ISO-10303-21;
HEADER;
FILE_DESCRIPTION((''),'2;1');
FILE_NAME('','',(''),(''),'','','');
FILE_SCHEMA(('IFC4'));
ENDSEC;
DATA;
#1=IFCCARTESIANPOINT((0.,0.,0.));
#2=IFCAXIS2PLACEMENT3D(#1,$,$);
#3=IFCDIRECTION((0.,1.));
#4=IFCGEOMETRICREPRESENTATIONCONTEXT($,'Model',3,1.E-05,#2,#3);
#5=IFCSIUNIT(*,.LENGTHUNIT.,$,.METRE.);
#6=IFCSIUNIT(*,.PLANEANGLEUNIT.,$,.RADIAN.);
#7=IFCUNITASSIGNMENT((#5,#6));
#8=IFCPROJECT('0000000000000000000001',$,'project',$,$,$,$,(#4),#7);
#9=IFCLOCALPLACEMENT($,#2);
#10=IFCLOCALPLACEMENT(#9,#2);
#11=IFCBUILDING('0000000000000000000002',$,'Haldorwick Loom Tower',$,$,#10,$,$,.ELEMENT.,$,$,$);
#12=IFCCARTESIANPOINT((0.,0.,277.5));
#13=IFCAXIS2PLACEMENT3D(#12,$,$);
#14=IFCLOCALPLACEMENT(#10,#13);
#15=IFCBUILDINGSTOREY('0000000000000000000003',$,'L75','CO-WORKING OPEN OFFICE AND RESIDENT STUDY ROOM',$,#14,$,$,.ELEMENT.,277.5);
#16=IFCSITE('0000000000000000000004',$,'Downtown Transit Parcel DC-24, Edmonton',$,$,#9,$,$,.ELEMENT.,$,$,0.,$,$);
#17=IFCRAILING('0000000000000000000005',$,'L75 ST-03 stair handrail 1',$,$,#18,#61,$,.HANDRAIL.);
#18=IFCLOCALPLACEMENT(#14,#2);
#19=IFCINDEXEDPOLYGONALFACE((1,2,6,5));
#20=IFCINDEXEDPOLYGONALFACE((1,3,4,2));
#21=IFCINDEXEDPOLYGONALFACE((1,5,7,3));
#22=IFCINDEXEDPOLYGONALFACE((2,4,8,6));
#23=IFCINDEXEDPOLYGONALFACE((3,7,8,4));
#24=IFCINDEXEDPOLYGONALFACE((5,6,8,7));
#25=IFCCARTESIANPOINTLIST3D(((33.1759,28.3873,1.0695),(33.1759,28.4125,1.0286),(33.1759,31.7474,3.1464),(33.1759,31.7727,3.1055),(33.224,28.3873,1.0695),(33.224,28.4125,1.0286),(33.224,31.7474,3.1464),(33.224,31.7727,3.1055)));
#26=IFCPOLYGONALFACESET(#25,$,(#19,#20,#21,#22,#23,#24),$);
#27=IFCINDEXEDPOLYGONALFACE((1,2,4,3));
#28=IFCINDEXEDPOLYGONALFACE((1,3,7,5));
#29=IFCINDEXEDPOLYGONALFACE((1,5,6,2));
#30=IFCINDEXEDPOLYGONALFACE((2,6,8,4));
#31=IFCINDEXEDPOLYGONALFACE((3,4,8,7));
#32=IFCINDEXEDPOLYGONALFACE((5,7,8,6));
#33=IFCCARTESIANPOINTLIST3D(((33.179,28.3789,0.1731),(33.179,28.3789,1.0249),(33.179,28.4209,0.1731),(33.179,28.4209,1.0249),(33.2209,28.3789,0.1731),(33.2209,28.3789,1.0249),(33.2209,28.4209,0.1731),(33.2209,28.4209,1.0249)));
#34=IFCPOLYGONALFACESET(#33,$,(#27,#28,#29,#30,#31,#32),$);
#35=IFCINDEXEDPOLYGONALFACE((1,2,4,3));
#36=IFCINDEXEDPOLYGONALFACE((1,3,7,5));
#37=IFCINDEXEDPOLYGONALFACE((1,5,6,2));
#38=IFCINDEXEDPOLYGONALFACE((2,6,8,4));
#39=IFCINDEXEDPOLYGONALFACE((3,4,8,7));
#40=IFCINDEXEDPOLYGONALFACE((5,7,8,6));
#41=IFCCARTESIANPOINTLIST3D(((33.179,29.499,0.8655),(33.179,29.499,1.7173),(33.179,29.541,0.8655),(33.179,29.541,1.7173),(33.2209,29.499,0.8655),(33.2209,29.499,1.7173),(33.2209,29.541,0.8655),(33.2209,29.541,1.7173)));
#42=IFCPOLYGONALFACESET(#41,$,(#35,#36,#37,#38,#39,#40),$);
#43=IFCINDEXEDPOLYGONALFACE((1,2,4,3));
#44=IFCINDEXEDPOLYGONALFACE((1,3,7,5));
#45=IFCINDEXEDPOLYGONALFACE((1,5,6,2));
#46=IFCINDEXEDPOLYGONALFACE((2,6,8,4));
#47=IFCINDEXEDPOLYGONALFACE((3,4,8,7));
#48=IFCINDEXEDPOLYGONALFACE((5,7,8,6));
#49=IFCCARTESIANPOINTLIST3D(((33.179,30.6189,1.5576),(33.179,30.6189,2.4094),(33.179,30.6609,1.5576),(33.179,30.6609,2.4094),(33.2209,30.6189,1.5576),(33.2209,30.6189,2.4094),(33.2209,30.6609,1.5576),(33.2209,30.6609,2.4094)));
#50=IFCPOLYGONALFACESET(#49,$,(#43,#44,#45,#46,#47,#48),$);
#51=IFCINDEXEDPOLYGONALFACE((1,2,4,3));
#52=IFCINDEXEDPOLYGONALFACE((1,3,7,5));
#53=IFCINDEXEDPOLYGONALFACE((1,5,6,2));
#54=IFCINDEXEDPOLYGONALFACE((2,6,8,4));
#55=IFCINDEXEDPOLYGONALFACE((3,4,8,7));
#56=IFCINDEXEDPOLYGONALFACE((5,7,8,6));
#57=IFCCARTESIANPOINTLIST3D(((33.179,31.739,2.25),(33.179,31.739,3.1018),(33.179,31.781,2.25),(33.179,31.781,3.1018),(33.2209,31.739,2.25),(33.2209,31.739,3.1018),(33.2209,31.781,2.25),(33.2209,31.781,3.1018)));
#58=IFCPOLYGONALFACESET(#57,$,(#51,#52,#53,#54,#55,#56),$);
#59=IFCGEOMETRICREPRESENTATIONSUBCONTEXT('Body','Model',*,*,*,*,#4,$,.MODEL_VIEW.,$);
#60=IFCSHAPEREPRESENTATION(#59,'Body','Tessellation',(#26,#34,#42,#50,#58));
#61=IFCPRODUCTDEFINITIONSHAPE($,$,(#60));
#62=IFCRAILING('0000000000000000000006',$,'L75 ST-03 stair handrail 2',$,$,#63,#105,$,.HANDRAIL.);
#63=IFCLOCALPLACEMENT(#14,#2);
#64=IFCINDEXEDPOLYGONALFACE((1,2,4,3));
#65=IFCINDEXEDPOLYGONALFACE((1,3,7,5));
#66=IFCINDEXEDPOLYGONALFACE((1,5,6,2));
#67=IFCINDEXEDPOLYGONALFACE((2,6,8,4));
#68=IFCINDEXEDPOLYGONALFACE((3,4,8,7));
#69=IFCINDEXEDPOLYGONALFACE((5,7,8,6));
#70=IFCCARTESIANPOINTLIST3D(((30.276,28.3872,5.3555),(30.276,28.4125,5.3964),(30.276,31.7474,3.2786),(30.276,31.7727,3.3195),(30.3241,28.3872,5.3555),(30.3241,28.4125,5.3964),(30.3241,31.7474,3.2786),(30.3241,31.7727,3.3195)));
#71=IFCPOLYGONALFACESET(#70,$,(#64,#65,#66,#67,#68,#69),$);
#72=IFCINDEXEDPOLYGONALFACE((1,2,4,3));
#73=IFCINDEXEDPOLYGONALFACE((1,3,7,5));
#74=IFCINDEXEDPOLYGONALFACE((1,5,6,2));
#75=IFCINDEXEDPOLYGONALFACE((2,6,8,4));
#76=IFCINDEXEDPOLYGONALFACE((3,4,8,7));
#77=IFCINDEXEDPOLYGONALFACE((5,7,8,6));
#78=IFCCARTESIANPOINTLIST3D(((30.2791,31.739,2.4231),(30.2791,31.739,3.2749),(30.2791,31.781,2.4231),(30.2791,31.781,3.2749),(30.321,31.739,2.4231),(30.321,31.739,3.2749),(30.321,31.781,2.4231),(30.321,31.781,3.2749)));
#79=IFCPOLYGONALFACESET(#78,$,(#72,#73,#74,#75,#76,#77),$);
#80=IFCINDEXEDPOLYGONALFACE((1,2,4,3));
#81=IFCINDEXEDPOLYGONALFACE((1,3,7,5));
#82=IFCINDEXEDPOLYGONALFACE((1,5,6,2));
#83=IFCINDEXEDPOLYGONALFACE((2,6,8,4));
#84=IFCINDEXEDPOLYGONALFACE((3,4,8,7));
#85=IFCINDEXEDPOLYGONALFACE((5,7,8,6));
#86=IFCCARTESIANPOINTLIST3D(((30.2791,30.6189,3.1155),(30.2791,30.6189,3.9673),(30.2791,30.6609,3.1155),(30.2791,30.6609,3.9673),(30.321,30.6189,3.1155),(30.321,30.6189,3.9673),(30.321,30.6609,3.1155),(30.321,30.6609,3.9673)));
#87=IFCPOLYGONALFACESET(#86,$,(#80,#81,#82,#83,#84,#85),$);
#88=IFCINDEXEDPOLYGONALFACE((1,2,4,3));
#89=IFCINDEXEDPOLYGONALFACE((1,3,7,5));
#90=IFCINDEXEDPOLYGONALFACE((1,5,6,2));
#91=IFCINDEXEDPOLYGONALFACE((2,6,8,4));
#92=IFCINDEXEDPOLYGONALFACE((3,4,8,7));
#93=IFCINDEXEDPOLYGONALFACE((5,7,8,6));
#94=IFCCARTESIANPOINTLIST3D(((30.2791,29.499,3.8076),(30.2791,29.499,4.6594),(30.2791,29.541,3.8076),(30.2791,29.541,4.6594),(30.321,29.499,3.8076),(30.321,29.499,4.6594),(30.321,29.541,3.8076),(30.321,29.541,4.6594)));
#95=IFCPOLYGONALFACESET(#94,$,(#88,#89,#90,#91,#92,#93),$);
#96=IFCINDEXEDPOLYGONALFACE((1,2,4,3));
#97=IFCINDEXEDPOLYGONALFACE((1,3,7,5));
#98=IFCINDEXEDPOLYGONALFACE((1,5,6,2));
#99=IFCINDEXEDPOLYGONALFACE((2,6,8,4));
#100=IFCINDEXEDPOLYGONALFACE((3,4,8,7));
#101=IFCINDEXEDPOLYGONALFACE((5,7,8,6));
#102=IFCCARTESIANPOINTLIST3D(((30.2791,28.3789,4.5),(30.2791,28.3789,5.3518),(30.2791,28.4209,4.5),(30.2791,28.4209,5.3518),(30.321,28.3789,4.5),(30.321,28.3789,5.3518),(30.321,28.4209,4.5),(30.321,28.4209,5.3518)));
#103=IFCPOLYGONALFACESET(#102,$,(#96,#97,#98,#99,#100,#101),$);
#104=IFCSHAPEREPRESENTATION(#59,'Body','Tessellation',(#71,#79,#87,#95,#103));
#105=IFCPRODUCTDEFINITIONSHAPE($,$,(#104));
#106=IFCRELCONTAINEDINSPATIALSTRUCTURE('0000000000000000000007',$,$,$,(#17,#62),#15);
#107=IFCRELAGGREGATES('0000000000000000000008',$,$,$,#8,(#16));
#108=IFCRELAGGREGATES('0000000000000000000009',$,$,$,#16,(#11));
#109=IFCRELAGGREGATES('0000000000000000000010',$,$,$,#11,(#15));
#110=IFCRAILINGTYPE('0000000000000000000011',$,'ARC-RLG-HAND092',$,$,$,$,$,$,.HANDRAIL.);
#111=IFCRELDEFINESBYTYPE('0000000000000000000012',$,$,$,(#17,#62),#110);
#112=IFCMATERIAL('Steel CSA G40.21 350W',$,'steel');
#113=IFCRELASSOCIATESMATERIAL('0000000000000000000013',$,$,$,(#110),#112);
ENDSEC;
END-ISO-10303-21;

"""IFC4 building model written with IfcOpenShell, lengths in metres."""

from ifc_helpers import new_model, si_unit, direction, frame, origin, origin_2d, place, context, subcontext, project, spatial, rectangle, extrude, material, type_object, element, save


model = new_model("IFC4")

# Units and contexts
model_context = context("Model", 3, precision=1e-05, world=origin(), true_north=direction((0.0, 1.0)))
body_context = subcontext(model_context, "Body", "Model", "MODEL_VIEW")
ifc_project = project(units=[si_unit("LENGTHUNIT", "METRE"), si_unit("PLANEANGLEUNIT", "RADIAN")], contexts=[model_context])

# Site, building, storey
site_placement = place(None, origin())
site = spatial("IfcSite", under=ifc_project, at=site_placement, Name="Downtown Transit Parcel DC-24, Edmonton", CompositionType="ELEMENT", RefElevation=0.0)
building_placement = place(site_placement, origin())
building = spatial("IfcBuilding", under=site, at=building_placement, Name="Haldorwick Loom Tower", CompositionType="ELEMENT")
storey_placement = place(building_placement, frame((0.0, 0.0, 277.5)))
storey = spatial("IfcBuildingStorey", under=building, at=storey_placement, Name="L75", Description="CO-WORKING OPEN OFFICE AND RESIDENT STUDY ROOM", CompositionType="ELEMENT", Elevation=277.5)

# Shared definitions
ifc_material_1 = material(Name="Steel CSA G40.21 350W", Category="steel")

# Railings
railing_type_1 = type_object("IfcRailingType", Name="ARC-RLG-HAND092", PredefinedType="HANDRAIL", material=ifc_material_1)
railing_1_placement = place(storey_placement, frame((33.2, 28.3999, 0.1731)))
element("IfcRailing", 1, at=railing_1_placement, inside=storey, type_object=railing_type_1, Name="L75 ST-03 stair handrail 1", PredefinedType="HANDRAIL", context=body_context, shape_type="SweptSolid", body=[
    extrude(rectangle(XDim=0.0481, YDim=0.0481, at=origin_2d()), frame((0.0, 0.0, 0.876), z_axis=(0.0, 0.850623, 0.525776), x_axis=(-1.0, 0.0, 0.0)), (0.0, 0.0, 1.0), 3.9502),
    extrude(rectangle(XDim=0.042, YDim=0.042, at=origin_2d()), origin(), (0.0, 0.0, 1.0), 0.8518),
    extrude(rectangle(XDim=0.042, YDim=0.042, at=origin_2d()), frame((0.0, 1.1201, 0.6924)), (0.0, 0.0, 1.0), 0.8518),
    extrude(rectangle(XDim=0.042, YDim=0.042, at=origin_2d()), frame((0.0, 2.24, 1.3845)), (0.0, 0.0, 1.0), 0.8518),
    extrude(rectangle(XDim=0.042, YDim=0.042, at=origin_2d()), frame((0.0, 3.3601, 2.0769)), (0.0, 0.0, 1.0), 0.8518),
])
railing_2_placement = place(storey_placement, frame((30.3, 31.76, 2.4231)))
element("IfcRailing", 2, at=railing_2_placement, inside=storey, type_object=railing_type_1, Name="L75 ST-03 stair handrail 2", PredefinedType="HANDRAIL", context=body_context, shape_type="SweptSolid", body=[
    extrude(rectangle(XDim=0.0481, YDim=0.0481, at=origin_2d()), frame((0.0, 0.0, 0.876), z_axis=(0.0, -0.850623, 0.525776), x_axis=(1.0, 0.0, 0.0)), (0.0, 0.0, 1.0), 3.9502),
    extrude(rectangle(XDim=0.042, YDim=0.042, at=origin_2d()), origin(), (0.0, 0.0, 1.0), 0.8518),
    extrude(rectangle(XDim=0.042, YDim=0.042, at=origin_2d()), frame((0.0, -1.1201, 0.6924)), (0.0, 0.0, 1.0), 0.8518),
    extrude(rectangle(XDim=0.042, YDim=0.042, at=origin_2d()), frame((0.0, -2.24, 1.3845)), (0.0, 0.0, 1.0), 0.8518),
    extrude(rectangle(XDim=0.042, YDim=0.042, at=origin_2d()), frame((0.0, -3.3601, 2.0769)), (0.0, 0.0, 1.0), 0.8518),
])

save(model, "model.ifc")
